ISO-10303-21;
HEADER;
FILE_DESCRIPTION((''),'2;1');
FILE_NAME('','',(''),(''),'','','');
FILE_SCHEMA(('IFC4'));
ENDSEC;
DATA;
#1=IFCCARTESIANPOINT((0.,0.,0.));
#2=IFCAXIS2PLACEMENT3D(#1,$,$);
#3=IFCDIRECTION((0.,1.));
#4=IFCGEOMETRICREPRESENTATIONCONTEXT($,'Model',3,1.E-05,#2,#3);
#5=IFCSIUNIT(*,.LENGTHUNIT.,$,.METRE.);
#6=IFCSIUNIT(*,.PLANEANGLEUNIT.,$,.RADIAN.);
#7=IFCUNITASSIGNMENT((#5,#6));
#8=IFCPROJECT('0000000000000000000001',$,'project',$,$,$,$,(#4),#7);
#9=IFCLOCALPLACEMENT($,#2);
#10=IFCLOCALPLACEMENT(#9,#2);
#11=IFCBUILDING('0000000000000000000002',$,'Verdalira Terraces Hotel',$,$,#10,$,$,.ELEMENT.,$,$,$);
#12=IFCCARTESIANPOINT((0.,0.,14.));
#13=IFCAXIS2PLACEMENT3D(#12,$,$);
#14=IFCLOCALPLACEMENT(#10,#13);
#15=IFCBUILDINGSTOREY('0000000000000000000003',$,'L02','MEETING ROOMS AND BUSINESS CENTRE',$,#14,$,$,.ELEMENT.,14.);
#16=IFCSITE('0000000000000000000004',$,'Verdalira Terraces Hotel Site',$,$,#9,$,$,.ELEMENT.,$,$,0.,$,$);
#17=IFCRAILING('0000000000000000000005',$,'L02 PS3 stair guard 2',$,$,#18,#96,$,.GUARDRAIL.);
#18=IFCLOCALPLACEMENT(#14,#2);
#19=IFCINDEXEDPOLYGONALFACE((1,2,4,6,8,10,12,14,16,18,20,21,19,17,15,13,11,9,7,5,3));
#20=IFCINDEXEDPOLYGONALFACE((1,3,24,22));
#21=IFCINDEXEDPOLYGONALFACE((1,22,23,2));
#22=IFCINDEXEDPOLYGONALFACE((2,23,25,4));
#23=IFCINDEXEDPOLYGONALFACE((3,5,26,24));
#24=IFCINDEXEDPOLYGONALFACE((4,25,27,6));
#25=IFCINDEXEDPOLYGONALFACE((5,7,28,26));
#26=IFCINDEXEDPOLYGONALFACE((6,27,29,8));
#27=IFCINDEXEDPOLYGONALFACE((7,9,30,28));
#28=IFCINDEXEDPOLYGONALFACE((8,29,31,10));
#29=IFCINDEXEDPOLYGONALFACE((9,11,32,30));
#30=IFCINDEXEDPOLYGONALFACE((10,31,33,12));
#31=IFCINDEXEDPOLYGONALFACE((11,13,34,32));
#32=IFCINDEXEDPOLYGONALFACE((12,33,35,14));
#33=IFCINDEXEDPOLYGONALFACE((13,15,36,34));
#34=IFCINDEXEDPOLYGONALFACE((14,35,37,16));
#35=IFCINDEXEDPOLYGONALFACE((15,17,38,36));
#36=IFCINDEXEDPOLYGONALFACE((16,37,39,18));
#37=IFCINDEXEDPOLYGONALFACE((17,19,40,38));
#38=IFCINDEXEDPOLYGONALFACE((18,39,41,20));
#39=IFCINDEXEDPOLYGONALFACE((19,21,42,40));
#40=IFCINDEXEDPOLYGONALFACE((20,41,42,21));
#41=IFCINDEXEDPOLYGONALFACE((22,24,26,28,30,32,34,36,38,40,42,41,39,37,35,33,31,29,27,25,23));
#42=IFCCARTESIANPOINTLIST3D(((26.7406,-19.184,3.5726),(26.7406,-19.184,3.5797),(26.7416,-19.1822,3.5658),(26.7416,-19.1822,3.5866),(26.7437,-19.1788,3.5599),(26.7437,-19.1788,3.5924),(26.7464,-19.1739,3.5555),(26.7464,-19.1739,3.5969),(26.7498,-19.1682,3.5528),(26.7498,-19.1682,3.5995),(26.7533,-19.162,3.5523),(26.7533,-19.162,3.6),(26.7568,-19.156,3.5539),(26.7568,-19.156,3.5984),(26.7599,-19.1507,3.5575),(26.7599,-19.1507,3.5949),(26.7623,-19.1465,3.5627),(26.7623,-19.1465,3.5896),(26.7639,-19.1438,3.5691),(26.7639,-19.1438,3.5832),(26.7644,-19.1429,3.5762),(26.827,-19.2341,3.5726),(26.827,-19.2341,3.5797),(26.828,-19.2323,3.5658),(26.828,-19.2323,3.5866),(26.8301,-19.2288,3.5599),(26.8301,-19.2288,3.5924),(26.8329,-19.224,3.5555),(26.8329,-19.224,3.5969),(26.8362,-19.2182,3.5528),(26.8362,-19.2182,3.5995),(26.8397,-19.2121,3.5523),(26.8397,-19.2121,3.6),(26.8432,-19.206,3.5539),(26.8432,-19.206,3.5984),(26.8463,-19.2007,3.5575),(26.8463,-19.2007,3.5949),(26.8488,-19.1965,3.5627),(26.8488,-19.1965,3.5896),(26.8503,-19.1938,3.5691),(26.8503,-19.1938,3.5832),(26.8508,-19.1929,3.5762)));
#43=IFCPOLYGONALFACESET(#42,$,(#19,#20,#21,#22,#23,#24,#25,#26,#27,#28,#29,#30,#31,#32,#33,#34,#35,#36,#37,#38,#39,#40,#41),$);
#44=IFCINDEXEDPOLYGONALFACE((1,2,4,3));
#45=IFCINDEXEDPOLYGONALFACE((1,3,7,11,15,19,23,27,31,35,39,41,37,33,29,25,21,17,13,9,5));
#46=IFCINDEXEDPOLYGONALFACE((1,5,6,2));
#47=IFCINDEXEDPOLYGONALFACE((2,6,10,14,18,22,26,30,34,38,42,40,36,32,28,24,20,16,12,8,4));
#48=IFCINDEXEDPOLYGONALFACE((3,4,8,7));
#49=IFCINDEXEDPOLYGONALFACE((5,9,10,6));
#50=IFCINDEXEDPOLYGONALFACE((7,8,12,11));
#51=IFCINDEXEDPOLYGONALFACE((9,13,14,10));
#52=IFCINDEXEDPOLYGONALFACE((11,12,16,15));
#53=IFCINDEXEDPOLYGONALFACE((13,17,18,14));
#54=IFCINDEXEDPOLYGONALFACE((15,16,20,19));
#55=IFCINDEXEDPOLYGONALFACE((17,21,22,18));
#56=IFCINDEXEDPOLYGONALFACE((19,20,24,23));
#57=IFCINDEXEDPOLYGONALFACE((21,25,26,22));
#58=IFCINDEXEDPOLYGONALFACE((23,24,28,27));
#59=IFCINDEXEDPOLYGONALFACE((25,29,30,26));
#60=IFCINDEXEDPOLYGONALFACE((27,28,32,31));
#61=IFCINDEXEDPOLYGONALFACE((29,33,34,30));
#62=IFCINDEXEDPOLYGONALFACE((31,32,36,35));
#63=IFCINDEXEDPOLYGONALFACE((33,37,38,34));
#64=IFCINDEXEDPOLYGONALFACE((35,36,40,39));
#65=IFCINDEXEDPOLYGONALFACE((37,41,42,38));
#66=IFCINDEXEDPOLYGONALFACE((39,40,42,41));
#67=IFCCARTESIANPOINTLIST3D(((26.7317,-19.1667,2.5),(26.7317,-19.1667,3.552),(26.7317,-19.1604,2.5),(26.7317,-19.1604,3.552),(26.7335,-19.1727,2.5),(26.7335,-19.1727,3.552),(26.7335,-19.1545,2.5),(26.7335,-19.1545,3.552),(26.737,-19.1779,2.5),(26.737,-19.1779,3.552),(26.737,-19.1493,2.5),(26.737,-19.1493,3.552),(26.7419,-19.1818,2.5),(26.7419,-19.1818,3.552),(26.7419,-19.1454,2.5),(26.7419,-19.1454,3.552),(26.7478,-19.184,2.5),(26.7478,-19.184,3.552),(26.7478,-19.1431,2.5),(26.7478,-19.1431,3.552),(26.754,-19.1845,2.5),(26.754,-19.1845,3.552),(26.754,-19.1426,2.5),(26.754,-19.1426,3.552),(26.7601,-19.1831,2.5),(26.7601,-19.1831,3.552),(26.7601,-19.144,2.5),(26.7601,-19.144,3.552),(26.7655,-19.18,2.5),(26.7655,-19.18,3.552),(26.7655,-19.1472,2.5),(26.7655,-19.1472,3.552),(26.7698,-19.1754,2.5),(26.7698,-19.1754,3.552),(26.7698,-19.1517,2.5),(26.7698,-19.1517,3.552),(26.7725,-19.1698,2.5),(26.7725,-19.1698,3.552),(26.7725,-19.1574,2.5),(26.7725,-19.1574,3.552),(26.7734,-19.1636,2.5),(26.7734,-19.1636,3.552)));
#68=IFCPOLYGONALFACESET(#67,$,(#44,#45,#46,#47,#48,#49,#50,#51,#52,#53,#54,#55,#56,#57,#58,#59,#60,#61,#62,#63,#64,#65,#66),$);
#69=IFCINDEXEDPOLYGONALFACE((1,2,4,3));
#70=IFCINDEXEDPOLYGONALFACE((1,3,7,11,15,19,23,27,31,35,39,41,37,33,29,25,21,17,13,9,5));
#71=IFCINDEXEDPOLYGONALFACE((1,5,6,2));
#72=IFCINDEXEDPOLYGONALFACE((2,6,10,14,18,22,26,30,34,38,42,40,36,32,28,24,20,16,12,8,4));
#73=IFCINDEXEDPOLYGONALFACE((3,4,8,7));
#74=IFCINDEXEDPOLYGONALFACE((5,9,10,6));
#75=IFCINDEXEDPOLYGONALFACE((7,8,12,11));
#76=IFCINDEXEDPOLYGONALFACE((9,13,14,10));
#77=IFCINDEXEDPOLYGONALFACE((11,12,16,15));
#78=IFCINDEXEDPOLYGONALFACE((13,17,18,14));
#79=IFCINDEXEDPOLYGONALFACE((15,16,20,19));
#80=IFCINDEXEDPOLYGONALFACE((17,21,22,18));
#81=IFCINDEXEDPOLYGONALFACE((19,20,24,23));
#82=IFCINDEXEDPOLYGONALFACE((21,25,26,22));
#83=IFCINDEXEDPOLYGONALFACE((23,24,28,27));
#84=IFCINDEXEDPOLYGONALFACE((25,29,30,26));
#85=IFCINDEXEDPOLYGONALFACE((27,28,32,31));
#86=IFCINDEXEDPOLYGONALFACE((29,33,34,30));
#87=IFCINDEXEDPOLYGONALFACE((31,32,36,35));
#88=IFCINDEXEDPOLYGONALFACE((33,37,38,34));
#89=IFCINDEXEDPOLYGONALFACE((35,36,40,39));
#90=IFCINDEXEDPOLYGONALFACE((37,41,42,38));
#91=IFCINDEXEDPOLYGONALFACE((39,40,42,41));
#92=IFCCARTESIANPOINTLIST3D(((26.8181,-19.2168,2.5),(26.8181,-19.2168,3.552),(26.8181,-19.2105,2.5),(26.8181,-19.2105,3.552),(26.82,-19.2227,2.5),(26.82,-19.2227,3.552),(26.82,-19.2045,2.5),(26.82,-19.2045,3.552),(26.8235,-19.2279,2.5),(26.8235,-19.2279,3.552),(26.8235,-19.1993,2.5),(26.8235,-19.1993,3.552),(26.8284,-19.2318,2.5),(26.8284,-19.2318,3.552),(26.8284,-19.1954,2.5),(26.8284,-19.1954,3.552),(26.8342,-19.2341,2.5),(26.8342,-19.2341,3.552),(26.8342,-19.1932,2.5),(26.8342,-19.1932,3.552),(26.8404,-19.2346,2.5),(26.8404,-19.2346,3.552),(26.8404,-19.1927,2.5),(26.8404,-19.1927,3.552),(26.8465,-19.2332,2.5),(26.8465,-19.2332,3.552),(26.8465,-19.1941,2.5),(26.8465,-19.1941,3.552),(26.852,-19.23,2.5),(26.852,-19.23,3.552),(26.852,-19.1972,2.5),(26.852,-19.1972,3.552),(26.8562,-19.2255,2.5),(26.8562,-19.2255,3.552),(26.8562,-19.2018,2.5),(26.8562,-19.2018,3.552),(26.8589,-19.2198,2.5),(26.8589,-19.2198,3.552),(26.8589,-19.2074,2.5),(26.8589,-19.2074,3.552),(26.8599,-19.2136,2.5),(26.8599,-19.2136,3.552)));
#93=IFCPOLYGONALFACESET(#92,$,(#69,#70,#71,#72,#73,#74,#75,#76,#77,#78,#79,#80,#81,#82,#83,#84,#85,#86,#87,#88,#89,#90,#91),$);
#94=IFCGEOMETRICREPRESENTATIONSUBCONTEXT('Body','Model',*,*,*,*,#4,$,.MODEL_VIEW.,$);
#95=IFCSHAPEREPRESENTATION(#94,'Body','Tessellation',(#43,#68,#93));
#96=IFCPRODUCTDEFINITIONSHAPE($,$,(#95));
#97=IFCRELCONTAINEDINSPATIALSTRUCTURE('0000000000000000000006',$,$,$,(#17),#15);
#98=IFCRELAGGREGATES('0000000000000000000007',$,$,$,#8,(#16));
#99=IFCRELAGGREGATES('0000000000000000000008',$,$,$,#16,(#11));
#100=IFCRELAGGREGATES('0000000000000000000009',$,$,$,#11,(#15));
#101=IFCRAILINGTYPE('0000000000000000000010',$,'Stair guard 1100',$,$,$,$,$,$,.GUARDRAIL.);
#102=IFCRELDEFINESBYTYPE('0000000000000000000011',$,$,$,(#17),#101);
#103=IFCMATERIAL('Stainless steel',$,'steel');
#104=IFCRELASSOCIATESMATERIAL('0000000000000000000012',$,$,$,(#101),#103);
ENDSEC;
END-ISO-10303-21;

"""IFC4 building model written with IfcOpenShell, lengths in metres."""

from ifc_helpers import new_model, si_unit, direction, frame, origin, origin_2d, place, context, subcontext, project, spatial, circle, extrude, material, type_object, element, save


model = new_model("IFC4")

# Units and contexts
model_context = context("Model", 3, precision=1e-05, world=origin(), true_north=direction((0.0, 1.0)))
body_context = subcontext(model_context, "Body", "Model", "MODEL_VIEW")
ifc_project = project(units=[si_unit("LENGTHUNIT", "METRE"), si_unit("PLANEANGLEUNIT", "RADIAN")], contexts=[model_context])

# Site, building, storey
site_placement = place(None, origin())
site = spatial("IfcSite", under=ifc_project, at=site_placement, Name="Verdalira Terraces Hotel Site", CompositionType="ELEMENT", RefElevation=0.0)
building_placement = place(site_placement, origin())
building = spatial("IfcBuilding", under=site, at=building_placement, Name="Verdalira Terraces Hotel", CompositionType="ELEMENT")
storey_placement = place(building_placement, frame((0.0, 0.0, 14.0)))
storey = spatial("IfcBuildingStorey", under=building, at=storey_placement, Name="L02", Description="MEETING ROOMS AND BUSINESS CENTRE", CompositionType="ELEMENT", Elevation=14.0)

# Railing
ifc_material_1 = material(Name="Stainless steel", Category="steel")
railing_type_1 = type_object("IfcRailingType", Name="Stair guard 1100", PredefinedType="GUARDRAIL", material=ifc_material_1)
railing_1_placement = place(storey_placement, frame((26.7524, -19.1636, 2.5)))
element("IfcRailing", 1, at=railing_1_placement, inside=storey, type_object=railing_type_1, Name="L02 PS3 stair guard 2", PredefinedType="GUARDRAIL", context=body_context, shape_type="SweptSolid", body=[
    extrude(circle(Radius=0.0239, at=origin_2d()), frame((0.0, 0.0, 1.0762), z_axis=(0.86537, -0.501133, 0.0), x_axis=(0.501133, 0.86537, 0.0)), (0.0, 0.0, 1.0), 0.0999),
    extrude(circle(Radius=0.021, at=origin_2d()), origin(), (0.0, 0.0, 1.0), 1.052),
    extrude(circle(Radius=0.021, at=origin_2d()), frame((0.0864, -0.05, 0.0)), (0.0, 0.0, 1.0), 1.052),
])

save(model, "model.ifc")
